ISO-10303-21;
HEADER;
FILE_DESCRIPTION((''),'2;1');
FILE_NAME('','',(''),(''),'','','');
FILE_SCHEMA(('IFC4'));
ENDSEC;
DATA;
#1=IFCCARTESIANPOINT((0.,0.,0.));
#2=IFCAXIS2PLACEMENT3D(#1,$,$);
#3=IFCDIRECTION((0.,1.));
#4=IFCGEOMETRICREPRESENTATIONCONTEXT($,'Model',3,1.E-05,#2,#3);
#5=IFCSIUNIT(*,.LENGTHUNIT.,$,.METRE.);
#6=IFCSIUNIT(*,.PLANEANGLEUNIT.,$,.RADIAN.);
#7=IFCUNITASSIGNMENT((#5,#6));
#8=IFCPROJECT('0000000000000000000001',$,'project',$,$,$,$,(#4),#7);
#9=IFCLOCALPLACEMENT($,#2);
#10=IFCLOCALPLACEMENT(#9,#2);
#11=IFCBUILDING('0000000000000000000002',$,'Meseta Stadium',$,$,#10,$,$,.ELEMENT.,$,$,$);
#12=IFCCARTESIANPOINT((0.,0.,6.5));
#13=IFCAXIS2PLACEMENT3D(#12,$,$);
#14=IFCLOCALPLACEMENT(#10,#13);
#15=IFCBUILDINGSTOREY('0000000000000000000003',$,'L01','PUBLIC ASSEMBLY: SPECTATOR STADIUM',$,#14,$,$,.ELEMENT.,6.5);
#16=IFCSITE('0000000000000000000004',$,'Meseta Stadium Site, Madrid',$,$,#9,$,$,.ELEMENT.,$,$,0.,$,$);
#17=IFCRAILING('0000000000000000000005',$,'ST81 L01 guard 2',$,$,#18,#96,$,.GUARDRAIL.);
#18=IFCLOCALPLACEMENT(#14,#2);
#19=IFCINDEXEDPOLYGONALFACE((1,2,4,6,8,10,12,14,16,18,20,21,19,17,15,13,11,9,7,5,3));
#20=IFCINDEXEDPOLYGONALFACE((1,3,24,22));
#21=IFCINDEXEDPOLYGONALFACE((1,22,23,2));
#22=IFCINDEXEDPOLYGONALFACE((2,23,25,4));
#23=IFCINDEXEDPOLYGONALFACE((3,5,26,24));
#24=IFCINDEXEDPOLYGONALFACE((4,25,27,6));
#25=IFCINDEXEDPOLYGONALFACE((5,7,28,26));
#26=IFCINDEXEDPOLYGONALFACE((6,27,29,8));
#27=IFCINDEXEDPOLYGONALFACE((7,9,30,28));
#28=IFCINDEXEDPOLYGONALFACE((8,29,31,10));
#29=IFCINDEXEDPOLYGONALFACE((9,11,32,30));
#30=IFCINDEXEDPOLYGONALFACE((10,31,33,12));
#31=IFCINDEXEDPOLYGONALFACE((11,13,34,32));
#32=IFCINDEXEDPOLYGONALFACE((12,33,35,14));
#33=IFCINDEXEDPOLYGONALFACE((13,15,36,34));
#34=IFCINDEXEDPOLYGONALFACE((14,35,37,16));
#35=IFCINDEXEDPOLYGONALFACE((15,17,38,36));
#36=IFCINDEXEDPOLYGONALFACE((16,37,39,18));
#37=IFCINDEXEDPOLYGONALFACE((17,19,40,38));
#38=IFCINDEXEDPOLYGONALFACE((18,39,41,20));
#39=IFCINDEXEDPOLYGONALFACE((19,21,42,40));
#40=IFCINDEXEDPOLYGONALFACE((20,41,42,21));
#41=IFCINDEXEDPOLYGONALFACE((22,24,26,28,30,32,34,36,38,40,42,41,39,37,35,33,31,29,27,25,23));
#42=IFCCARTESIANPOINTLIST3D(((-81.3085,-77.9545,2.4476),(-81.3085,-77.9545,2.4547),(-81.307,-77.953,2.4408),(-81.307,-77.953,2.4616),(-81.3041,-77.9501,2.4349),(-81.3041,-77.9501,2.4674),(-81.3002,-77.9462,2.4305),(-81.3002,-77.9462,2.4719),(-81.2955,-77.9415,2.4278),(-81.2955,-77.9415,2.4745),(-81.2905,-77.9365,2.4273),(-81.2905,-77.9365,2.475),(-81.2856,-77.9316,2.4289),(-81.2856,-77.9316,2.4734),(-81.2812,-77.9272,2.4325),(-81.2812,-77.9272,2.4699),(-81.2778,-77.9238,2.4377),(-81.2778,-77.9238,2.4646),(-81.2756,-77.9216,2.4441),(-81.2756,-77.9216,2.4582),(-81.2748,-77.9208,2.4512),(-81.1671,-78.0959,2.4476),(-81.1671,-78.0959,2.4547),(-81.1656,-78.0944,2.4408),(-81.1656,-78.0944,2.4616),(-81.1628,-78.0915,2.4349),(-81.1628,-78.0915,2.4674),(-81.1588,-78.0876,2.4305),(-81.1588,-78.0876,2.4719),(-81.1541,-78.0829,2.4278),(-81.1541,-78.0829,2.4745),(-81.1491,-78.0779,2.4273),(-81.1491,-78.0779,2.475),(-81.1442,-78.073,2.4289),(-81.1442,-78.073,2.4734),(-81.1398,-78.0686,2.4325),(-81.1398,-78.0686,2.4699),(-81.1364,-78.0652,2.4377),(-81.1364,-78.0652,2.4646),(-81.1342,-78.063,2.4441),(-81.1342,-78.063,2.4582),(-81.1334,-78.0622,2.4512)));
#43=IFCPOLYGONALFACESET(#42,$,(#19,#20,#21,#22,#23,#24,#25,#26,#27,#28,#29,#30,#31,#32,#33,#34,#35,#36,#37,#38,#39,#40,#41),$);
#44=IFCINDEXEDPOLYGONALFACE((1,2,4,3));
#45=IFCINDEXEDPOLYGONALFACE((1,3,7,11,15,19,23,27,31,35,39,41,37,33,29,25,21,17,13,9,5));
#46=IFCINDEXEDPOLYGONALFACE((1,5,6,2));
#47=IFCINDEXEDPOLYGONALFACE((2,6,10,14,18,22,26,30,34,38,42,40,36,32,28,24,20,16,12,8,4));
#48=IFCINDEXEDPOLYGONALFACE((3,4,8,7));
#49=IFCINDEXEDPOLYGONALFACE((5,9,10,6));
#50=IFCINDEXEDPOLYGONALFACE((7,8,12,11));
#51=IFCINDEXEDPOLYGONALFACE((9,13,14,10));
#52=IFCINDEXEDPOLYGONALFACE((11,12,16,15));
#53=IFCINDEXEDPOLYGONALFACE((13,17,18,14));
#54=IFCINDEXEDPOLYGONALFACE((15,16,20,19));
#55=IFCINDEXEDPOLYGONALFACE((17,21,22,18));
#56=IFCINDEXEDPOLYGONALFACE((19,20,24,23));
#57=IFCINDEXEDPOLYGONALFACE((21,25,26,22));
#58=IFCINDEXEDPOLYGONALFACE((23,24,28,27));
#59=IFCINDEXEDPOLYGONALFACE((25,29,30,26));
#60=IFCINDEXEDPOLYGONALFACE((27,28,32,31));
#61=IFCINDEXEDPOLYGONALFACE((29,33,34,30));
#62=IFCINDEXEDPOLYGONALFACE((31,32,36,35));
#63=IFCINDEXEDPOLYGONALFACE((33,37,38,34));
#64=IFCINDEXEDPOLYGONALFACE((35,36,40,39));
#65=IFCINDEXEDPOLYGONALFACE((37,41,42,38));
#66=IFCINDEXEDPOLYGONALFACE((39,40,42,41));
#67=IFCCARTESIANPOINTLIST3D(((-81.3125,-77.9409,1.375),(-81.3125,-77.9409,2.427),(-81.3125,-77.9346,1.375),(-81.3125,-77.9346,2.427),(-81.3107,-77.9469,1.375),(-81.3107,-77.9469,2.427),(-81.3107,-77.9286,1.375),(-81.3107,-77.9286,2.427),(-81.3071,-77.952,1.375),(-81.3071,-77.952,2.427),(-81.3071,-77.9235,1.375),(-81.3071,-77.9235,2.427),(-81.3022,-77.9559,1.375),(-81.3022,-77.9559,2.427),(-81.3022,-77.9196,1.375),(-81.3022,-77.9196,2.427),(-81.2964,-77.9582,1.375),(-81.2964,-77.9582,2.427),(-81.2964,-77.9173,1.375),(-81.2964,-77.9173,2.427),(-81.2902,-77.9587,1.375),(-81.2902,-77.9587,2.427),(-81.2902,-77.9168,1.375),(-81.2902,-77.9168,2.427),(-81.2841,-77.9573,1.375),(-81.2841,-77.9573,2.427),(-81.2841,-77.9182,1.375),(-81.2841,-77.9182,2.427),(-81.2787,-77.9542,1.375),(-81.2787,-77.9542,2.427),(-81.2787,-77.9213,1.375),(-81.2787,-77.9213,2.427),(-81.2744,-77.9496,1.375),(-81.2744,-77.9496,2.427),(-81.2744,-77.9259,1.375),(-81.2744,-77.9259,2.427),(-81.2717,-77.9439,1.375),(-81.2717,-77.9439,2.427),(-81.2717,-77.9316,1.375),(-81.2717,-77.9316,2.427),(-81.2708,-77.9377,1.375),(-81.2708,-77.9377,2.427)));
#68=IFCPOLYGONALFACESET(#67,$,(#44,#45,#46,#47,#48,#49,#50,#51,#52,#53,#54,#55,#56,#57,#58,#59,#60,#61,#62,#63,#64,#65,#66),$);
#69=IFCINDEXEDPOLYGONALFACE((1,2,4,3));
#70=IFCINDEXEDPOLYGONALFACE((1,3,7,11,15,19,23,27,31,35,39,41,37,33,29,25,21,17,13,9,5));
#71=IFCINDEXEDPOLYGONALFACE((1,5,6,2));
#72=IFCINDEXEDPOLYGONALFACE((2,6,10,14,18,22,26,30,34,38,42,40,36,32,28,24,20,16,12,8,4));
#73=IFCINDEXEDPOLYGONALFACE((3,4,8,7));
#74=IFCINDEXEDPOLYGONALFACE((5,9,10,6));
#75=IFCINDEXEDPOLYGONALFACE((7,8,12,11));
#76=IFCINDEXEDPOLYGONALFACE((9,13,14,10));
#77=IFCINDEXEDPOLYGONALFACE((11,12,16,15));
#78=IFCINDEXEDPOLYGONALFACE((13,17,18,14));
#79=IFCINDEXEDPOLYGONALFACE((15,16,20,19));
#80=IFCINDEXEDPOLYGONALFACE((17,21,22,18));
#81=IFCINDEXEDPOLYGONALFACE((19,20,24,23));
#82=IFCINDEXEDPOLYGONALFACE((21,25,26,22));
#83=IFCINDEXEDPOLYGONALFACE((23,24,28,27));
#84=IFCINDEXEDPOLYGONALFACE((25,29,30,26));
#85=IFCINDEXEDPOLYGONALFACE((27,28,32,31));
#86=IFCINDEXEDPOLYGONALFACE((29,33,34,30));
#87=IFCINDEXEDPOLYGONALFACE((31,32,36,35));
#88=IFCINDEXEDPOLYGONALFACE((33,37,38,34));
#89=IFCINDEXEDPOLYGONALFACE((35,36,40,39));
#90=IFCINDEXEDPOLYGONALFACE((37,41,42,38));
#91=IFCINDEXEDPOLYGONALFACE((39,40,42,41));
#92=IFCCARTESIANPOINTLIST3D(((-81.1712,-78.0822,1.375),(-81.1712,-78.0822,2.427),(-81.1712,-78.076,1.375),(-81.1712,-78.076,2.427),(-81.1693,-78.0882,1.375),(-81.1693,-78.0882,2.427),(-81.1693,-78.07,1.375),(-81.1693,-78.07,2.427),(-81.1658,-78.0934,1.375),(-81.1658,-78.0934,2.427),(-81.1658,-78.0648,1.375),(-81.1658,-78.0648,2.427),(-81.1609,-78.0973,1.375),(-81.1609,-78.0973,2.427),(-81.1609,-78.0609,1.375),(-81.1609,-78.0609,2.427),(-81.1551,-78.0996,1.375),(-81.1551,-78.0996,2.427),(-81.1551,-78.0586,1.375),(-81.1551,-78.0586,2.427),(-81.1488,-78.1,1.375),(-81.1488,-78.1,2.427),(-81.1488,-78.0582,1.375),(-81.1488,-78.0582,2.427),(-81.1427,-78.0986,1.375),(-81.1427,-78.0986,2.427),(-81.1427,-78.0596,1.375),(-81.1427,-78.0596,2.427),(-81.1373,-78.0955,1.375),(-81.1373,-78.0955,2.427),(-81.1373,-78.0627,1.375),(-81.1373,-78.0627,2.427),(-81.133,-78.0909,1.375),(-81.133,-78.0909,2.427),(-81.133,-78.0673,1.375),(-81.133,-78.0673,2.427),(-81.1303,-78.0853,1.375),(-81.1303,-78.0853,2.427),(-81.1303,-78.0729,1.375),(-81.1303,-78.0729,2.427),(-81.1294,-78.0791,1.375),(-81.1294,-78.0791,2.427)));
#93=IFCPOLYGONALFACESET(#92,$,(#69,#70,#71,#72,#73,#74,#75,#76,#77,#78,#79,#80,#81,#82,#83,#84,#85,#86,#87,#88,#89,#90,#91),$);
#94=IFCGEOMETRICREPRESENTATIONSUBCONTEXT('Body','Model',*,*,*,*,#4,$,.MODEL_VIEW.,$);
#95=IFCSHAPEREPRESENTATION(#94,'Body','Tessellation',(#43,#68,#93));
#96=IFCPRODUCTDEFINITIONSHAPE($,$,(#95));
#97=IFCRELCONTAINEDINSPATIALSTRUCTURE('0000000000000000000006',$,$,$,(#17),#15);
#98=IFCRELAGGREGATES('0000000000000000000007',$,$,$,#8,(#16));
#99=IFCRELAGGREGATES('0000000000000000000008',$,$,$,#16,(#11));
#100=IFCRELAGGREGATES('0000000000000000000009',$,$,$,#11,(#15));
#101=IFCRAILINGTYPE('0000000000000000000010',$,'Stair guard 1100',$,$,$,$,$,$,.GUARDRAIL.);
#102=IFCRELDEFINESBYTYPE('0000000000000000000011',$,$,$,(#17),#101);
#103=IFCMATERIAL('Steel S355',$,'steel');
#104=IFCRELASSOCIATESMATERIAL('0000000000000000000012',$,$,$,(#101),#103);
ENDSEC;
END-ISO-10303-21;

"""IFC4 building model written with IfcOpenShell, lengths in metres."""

from ifc_helpers import new_model, si_unit, direction, frame, origin, origin_2d, place, context, subcontext, project, spatial, circle, extrude, material, type_object, element, save


model = new_model("IFC4")

# Units and contexts
model_context = context("Model", 3, precision=1e-05, world=origin(), true_north=direction((0.0, 1.0)))
body_context = subcontext(model_context, "Body", "Model", "MODEL_VIEW")
ifc_project = project(units=[si_unit("LENGTHUNIT", "METRE"), si_unit("PLANEANGLEUNIT", "RADIAN")], contexts=[model_context])

# Site, building, storey
site_placement = place(None, origin())
site = spatial("IfcSite", under=ifc_project, at=site_placement, Name="Meseta Stadium Site, Madrid", CompositionType="ELEMENT", RefElevation=0.0)
building_placement = place(site_placement, origin())
building = spatial("IfcBuilding", under=site, at=building_placement, Name="Meseta Stadium", CompositionType="ELEMENT")
storey_placement = place(building_placement, frame((0.0, 0.0, 6.5)))
storey = spatial("IfcBuildingStorey", under=building, at=storey_placement, Name="L01", Description="PUBLIC ASSEMBLY: SPECTATOR STADIUM", CompositionType="ELEMENT", Elevation=6.5)

# Railing
ifc_material_1 = material(Name="Steel S355", Category="steel")
railing_type_1 = type_object("IfcRailingType", Name="Stair guard 1100", PredefinedType="GUARDRAIL", material=ifc_material_1)
railing_1_placement = place(storey_placement, frame((-81.2917, -77.9377, 1.375)))
element("IfcRailing", 1, at=railing_1_placement, inside=storey, type_object=railing_type_1, Name="ST81 L01 guard 2", PredefinedType="GUARDRAIL", context=body_context, shape_type="SweptSolid", body=[
    extrude(circle(Radius=0.0239, at=origin_2d()), frame((0.0, 0.0, 1.0762), z_axis=(0.707107, -0.707107, 0.0), x_axis=(0.707107, 0.707107, 0.0)), (0.0, 0.0, 1.0), 0.2),
    extrude(circle(Radius=0.021, at=origin_2d()), origin(), (0.0, 0.0, 1.0), 1.052),
    extrude(circle(Radius=0.021, at=origin_2d()), frame((0.1414, -0.1414, 0.0)), (0.0, 0.0, 1.0), 1.052),
])

save(model, "model.ifc")
